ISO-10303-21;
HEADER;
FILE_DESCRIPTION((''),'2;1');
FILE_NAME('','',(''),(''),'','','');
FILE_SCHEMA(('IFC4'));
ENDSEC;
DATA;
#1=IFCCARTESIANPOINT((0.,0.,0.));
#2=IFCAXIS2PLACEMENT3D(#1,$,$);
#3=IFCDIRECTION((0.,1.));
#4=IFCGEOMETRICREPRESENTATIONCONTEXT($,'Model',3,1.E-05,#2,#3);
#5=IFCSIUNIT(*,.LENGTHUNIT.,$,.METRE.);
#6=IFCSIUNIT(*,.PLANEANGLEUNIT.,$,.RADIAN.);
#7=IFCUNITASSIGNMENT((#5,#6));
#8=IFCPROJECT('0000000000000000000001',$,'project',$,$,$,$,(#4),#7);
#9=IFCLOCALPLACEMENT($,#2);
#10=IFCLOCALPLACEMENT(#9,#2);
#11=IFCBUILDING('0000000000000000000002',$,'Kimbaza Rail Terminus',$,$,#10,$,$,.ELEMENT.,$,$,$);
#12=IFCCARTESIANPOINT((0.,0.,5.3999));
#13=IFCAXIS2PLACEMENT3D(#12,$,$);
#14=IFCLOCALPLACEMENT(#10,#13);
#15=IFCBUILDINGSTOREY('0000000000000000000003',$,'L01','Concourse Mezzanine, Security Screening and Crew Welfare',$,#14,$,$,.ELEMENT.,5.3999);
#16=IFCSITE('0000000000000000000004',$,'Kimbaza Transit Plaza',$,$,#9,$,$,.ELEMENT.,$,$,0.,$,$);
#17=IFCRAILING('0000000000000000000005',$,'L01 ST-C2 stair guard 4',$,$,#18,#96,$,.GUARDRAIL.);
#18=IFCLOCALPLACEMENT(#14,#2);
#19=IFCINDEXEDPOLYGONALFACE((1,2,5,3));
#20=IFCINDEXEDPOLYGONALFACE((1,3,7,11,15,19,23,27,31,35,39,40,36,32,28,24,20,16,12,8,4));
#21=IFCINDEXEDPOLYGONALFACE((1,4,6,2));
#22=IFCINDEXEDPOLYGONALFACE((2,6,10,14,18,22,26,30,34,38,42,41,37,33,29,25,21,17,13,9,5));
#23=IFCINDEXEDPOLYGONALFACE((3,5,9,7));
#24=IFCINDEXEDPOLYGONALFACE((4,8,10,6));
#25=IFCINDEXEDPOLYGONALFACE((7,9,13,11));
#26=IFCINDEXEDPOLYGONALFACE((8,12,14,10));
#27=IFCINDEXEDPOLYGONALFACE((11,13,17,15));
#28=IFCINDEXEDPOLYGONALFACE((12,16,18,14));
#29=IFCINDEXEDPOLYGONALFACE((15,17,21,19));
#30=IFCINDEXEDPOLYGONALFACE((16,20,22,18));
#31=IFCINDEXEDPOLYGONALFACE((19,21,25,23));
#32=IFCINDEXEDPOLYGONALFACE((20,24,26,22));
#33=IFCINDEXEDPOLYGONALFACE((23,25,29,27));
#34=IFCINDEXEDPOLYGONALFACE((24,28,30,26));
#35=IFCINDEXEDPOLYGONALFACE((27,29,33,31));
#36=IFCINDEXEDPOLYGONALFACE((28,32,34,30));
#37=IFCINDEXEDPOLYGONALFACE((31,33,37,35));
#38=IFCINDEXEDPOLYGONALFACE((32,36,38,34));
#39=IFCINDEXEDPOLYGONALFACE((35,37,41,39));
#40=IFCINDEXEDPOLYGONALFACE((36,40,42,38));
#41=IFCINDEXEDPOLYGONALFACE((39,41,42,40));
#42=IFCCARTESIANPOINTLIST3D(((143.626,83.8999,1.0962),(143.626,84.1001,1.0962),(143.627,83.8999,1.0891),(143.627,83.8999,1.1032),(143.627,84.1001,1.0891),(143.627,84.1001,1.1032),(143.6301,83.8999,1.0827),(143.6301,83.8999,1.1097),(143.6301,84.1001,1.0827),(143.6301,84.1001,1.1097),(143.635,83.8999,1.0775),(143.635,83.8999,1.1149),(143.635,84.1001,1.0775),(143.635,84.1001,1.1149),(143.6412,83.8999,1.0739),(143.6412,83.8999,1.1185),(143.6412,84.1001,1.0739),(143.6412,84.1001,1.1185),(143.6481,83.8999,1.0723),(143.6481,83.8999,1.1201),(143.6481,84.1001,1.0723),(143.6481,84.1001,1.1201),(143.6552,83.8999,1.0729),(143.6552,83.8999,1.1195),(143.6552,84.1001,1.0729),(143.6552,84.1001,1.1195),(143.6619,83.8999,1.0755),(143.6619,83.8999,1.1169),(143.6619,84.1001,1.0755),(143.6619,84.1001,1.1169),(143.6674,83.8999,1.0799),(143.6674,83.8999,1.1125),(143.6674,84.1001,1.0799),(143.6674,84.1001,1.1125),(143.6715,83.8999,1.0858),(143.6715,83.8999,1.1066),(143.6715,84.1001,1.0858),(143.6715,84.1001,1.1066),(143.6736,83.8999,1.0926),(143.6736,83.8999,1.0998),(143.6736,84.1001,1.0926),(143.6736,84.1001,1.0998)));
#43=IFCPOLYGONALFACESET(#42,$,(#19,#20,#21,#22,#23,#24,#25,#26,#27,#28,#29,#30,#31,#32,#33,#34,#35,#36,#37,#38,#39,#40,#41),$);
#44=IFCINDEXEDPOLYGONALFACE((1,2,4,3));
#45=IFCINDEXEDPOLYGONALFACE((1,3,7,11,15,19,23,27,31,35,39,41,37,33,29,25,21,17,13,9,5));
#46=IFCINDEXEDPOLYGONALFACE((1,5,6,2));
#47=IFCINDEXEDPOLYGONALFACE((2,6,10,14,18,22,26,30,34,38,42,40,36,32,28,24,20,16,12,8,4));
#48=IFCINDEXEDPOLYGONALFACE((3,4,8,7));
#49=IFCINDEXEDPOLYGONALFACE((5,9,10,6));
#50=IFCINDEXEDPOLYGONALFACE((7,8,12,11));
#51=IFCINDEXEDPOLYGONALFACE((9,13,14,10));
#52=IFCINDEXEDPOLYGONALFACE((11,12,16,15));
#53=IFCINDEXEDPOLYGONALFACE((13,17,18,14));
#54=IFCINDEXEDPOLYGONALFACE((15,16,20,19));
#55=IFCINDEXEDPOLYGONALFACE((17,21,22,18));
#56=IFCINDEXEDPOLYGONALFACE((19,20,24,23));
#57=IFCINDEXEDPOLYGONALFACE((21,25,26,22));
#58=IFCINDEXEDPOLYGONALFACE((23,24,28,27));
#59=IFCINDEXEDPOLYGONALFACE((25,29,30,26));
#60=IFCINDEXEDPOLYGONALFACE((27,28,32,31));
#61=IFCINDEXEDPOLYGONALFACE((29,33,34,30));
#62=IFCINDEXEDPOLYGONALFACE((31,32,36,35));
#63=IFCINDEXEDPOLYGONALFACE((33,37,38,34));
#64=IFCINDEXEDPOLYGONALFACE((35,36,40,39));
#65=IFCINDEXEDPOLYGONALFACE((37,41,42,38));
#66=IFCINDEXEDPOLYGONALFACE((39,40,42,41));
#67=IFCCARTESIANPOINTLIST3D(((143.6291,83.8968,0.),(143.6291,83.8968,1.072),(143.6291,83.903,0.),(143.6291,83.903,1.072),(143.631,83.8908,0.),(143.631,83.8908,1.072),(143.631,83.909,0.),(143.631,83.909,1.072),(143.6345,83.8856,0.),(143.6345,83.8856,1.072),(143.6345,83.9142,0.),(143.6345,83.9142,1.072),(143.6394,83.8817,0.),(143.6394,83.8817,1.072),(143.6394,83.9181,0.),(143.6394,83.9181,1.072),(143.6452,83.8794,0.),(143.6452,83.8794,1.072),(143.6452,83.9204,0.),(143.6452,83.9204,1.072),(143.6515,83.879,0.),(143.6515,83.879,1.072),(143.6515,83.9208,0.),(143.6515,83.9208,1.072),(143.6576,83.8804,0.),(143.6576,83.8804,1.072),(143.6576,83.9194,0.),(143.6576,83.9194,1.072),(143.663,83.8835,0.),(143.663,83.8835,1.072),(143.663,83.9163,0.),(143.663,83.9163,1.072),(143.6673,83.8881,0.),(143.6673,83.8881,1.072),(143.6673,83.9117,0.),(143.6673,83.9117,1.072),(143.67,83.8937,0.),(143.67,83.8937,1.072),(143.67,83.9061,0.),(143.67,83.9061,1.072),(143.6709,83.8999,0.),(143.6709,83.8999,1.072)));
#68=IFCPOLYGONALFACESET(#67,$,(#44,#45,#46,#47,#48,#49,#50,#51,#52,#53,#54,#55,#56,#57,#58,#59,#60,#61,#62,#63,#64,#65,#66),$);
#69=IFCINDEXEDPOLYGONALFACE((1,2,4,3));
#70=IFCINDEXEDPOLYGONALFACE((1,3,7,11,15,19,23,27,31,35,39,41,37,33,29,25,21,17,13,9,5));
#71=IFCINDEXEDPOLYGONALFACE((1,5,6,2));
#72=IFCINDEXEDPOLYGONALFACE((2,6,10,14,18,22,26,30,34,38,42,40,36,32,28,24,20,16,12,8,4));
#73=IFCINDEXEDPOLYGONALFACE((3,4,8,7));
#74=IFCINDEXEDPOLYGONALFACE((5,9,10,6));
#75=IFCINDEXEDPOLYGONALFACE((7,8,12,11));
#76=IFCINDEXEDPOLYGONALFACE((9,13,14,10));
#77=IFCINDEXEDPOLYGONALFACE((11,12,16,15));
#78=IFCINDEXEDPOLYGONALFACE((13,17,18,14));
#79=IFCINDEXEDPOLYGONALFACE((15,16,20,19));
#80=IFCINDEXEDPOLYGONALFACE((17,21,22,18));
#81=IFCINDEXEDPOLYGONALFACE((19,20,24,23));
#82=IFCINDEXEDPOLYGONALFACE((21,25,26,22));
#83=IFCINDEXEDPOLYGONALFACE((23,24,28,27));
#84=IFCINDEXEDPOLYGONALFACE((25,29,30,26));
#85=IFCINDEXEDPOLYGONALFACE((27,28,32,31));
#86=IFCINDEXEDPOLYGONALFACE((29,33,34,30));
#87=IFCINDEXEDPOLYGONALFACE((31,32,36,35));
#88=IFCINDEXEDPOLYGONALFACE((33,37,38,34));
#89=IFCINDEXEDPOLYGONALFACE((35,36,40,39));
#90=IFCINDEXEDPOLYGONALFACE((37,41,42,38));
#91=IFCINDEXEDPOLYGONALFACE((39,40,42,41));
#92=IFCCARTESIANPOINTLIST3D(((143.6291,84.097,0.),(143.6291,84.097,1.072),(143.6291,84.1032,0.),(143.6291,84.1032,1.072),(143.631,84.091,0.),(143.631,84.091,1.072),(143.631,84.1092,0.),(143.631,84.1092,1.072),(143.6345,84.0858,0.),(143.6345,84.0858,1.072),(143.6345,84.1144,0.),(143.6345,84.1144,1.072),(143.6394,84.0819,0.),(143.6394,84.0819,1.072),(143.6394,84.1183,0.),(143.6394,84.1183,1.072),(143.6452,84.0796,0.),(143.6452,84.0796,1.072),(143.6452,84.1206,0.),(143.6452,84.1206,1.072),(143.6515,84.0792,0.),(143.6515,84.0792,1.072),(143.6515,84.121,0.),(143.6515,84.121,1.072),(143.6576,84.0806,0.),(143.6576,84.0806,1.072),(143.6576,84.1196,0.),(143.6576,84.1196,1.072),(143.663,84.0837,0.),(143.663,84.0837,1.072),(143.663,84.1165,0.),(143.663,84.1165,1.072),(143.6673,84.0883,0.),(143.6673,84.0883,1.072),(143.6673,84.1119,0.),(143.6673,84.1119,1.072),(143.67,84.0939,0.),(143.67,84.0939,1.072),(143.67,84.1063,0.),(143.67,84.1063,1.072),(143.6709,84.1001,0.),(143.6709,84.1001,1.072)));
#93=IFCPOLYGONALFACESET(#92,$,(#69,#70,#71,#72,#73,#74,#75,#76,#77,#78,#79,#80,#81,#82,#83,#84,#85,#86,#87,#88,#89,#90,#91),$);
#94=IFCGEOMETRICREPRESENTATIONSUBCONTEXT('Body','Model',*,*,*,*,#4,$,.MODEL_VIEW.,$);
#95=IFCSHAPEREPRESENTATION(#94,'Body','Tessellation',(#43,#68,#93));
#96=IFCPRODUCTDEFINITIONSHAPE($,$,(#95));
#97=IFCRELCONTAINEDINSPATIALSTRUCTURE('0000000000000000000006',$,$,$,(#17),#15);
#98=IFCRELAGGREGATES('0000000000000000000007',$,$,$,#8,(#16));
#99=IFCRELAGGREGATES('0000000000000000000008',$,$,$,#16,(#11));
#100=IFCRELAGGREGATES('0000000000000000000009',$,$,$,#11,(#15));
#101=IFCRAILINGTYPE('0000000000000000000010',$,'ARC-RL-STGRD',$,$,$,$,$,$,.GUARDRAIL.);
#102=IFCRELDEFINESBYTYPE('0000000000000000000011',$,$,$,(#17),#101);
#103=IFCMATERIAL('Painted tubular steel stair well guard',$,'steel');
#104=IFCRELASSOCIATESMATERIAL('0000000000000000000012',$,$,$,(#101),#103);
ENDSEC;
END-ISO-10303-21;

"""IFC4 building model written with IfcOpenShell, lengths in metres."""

from ifc_helpers import new_model, si_unit, direction, frame, origin, origin_2d, place, context, subcontext, project, spatial, circle, extrude, material, type_object, element, save


model = new_model("IFC4")

# Units and contexts
model_context = context("Model", 3, precision=1e-05, world=origin(), true_north=direction((0.0, 1.0)))
body_context = subcontext(model_context, "Body", "Model", "MODEL_VIEW")
ifc_project = project(units=[si_unit("LENGTHUNIT", "METRE"), si_unit("PLANEANGLEUNIT", "RADIAN")], contexts=[model_context])

# Site, building, storey
site_placement = place(None, origin())
site = spatial("IfcSite", under=ifc_project, at=site_placement, Name="Kimbaza Transit Plaza", CompositionType="ELEMENT", RefElevation=0.0)
building_placement = place(site_placement, origin())
building = spatial("IfcBuilding", under=site, at=building_placement, Name="Kimbaza Rail Terminus", CompositionType="ELEMENT")
storey_placement = place(building_placement, frame((0.0, 0.0, 5.3999)))
storey = spatial("IfcBuildingStorey", under=building, at=storey_placement, Name="L01", Description="Concourse Mezzanine, Security Screening and Crew Welfare", CompositionType="ELEMENT", Elevation=5.3999)

# Railing
ifc_material_1 = material(Name="Painted tubular steel stair well guard", Category="steel")
railing_type_1 = type_object("IfcRailingType", Name="ARC-RL-STGRD", PredefinedType="GUARDRAIL", material=ifc_material_1)
railing_1_placement = place(storey_placement, frame((143.6499, 83.8999, 0.0)))
element("IfcRailing", 1, at=railing_1_placement, inside=storey, type_object=railing_type_1, Name="L01 ST-C2 stair guard 4", PredefinedType="GUARDRAIL", context=body_context, shape_type="SweptSolid", body=[
    extrude(circle(Radius=0.0239, at=origin_2d()), frame((0.0, 0.0, 1.0962), z_axis=(0.0, 1.0, 0.0), x_axis=(-1.0, 0.0, 0.0)), (0.0, 0.0, 1.0), 0.2002),
    extrude(circle(Radius=0.021, at=origin_2d()), origin(), (0.0, 0.0, 1.0), 1.072),
    extrude(circle(Radius=0.021, at=origin_2d()), frame((0.0, 0.2002, 0.0)), (0.0, 0.0, 1.0), 1.072),
])

save(model, "model.ifc")
